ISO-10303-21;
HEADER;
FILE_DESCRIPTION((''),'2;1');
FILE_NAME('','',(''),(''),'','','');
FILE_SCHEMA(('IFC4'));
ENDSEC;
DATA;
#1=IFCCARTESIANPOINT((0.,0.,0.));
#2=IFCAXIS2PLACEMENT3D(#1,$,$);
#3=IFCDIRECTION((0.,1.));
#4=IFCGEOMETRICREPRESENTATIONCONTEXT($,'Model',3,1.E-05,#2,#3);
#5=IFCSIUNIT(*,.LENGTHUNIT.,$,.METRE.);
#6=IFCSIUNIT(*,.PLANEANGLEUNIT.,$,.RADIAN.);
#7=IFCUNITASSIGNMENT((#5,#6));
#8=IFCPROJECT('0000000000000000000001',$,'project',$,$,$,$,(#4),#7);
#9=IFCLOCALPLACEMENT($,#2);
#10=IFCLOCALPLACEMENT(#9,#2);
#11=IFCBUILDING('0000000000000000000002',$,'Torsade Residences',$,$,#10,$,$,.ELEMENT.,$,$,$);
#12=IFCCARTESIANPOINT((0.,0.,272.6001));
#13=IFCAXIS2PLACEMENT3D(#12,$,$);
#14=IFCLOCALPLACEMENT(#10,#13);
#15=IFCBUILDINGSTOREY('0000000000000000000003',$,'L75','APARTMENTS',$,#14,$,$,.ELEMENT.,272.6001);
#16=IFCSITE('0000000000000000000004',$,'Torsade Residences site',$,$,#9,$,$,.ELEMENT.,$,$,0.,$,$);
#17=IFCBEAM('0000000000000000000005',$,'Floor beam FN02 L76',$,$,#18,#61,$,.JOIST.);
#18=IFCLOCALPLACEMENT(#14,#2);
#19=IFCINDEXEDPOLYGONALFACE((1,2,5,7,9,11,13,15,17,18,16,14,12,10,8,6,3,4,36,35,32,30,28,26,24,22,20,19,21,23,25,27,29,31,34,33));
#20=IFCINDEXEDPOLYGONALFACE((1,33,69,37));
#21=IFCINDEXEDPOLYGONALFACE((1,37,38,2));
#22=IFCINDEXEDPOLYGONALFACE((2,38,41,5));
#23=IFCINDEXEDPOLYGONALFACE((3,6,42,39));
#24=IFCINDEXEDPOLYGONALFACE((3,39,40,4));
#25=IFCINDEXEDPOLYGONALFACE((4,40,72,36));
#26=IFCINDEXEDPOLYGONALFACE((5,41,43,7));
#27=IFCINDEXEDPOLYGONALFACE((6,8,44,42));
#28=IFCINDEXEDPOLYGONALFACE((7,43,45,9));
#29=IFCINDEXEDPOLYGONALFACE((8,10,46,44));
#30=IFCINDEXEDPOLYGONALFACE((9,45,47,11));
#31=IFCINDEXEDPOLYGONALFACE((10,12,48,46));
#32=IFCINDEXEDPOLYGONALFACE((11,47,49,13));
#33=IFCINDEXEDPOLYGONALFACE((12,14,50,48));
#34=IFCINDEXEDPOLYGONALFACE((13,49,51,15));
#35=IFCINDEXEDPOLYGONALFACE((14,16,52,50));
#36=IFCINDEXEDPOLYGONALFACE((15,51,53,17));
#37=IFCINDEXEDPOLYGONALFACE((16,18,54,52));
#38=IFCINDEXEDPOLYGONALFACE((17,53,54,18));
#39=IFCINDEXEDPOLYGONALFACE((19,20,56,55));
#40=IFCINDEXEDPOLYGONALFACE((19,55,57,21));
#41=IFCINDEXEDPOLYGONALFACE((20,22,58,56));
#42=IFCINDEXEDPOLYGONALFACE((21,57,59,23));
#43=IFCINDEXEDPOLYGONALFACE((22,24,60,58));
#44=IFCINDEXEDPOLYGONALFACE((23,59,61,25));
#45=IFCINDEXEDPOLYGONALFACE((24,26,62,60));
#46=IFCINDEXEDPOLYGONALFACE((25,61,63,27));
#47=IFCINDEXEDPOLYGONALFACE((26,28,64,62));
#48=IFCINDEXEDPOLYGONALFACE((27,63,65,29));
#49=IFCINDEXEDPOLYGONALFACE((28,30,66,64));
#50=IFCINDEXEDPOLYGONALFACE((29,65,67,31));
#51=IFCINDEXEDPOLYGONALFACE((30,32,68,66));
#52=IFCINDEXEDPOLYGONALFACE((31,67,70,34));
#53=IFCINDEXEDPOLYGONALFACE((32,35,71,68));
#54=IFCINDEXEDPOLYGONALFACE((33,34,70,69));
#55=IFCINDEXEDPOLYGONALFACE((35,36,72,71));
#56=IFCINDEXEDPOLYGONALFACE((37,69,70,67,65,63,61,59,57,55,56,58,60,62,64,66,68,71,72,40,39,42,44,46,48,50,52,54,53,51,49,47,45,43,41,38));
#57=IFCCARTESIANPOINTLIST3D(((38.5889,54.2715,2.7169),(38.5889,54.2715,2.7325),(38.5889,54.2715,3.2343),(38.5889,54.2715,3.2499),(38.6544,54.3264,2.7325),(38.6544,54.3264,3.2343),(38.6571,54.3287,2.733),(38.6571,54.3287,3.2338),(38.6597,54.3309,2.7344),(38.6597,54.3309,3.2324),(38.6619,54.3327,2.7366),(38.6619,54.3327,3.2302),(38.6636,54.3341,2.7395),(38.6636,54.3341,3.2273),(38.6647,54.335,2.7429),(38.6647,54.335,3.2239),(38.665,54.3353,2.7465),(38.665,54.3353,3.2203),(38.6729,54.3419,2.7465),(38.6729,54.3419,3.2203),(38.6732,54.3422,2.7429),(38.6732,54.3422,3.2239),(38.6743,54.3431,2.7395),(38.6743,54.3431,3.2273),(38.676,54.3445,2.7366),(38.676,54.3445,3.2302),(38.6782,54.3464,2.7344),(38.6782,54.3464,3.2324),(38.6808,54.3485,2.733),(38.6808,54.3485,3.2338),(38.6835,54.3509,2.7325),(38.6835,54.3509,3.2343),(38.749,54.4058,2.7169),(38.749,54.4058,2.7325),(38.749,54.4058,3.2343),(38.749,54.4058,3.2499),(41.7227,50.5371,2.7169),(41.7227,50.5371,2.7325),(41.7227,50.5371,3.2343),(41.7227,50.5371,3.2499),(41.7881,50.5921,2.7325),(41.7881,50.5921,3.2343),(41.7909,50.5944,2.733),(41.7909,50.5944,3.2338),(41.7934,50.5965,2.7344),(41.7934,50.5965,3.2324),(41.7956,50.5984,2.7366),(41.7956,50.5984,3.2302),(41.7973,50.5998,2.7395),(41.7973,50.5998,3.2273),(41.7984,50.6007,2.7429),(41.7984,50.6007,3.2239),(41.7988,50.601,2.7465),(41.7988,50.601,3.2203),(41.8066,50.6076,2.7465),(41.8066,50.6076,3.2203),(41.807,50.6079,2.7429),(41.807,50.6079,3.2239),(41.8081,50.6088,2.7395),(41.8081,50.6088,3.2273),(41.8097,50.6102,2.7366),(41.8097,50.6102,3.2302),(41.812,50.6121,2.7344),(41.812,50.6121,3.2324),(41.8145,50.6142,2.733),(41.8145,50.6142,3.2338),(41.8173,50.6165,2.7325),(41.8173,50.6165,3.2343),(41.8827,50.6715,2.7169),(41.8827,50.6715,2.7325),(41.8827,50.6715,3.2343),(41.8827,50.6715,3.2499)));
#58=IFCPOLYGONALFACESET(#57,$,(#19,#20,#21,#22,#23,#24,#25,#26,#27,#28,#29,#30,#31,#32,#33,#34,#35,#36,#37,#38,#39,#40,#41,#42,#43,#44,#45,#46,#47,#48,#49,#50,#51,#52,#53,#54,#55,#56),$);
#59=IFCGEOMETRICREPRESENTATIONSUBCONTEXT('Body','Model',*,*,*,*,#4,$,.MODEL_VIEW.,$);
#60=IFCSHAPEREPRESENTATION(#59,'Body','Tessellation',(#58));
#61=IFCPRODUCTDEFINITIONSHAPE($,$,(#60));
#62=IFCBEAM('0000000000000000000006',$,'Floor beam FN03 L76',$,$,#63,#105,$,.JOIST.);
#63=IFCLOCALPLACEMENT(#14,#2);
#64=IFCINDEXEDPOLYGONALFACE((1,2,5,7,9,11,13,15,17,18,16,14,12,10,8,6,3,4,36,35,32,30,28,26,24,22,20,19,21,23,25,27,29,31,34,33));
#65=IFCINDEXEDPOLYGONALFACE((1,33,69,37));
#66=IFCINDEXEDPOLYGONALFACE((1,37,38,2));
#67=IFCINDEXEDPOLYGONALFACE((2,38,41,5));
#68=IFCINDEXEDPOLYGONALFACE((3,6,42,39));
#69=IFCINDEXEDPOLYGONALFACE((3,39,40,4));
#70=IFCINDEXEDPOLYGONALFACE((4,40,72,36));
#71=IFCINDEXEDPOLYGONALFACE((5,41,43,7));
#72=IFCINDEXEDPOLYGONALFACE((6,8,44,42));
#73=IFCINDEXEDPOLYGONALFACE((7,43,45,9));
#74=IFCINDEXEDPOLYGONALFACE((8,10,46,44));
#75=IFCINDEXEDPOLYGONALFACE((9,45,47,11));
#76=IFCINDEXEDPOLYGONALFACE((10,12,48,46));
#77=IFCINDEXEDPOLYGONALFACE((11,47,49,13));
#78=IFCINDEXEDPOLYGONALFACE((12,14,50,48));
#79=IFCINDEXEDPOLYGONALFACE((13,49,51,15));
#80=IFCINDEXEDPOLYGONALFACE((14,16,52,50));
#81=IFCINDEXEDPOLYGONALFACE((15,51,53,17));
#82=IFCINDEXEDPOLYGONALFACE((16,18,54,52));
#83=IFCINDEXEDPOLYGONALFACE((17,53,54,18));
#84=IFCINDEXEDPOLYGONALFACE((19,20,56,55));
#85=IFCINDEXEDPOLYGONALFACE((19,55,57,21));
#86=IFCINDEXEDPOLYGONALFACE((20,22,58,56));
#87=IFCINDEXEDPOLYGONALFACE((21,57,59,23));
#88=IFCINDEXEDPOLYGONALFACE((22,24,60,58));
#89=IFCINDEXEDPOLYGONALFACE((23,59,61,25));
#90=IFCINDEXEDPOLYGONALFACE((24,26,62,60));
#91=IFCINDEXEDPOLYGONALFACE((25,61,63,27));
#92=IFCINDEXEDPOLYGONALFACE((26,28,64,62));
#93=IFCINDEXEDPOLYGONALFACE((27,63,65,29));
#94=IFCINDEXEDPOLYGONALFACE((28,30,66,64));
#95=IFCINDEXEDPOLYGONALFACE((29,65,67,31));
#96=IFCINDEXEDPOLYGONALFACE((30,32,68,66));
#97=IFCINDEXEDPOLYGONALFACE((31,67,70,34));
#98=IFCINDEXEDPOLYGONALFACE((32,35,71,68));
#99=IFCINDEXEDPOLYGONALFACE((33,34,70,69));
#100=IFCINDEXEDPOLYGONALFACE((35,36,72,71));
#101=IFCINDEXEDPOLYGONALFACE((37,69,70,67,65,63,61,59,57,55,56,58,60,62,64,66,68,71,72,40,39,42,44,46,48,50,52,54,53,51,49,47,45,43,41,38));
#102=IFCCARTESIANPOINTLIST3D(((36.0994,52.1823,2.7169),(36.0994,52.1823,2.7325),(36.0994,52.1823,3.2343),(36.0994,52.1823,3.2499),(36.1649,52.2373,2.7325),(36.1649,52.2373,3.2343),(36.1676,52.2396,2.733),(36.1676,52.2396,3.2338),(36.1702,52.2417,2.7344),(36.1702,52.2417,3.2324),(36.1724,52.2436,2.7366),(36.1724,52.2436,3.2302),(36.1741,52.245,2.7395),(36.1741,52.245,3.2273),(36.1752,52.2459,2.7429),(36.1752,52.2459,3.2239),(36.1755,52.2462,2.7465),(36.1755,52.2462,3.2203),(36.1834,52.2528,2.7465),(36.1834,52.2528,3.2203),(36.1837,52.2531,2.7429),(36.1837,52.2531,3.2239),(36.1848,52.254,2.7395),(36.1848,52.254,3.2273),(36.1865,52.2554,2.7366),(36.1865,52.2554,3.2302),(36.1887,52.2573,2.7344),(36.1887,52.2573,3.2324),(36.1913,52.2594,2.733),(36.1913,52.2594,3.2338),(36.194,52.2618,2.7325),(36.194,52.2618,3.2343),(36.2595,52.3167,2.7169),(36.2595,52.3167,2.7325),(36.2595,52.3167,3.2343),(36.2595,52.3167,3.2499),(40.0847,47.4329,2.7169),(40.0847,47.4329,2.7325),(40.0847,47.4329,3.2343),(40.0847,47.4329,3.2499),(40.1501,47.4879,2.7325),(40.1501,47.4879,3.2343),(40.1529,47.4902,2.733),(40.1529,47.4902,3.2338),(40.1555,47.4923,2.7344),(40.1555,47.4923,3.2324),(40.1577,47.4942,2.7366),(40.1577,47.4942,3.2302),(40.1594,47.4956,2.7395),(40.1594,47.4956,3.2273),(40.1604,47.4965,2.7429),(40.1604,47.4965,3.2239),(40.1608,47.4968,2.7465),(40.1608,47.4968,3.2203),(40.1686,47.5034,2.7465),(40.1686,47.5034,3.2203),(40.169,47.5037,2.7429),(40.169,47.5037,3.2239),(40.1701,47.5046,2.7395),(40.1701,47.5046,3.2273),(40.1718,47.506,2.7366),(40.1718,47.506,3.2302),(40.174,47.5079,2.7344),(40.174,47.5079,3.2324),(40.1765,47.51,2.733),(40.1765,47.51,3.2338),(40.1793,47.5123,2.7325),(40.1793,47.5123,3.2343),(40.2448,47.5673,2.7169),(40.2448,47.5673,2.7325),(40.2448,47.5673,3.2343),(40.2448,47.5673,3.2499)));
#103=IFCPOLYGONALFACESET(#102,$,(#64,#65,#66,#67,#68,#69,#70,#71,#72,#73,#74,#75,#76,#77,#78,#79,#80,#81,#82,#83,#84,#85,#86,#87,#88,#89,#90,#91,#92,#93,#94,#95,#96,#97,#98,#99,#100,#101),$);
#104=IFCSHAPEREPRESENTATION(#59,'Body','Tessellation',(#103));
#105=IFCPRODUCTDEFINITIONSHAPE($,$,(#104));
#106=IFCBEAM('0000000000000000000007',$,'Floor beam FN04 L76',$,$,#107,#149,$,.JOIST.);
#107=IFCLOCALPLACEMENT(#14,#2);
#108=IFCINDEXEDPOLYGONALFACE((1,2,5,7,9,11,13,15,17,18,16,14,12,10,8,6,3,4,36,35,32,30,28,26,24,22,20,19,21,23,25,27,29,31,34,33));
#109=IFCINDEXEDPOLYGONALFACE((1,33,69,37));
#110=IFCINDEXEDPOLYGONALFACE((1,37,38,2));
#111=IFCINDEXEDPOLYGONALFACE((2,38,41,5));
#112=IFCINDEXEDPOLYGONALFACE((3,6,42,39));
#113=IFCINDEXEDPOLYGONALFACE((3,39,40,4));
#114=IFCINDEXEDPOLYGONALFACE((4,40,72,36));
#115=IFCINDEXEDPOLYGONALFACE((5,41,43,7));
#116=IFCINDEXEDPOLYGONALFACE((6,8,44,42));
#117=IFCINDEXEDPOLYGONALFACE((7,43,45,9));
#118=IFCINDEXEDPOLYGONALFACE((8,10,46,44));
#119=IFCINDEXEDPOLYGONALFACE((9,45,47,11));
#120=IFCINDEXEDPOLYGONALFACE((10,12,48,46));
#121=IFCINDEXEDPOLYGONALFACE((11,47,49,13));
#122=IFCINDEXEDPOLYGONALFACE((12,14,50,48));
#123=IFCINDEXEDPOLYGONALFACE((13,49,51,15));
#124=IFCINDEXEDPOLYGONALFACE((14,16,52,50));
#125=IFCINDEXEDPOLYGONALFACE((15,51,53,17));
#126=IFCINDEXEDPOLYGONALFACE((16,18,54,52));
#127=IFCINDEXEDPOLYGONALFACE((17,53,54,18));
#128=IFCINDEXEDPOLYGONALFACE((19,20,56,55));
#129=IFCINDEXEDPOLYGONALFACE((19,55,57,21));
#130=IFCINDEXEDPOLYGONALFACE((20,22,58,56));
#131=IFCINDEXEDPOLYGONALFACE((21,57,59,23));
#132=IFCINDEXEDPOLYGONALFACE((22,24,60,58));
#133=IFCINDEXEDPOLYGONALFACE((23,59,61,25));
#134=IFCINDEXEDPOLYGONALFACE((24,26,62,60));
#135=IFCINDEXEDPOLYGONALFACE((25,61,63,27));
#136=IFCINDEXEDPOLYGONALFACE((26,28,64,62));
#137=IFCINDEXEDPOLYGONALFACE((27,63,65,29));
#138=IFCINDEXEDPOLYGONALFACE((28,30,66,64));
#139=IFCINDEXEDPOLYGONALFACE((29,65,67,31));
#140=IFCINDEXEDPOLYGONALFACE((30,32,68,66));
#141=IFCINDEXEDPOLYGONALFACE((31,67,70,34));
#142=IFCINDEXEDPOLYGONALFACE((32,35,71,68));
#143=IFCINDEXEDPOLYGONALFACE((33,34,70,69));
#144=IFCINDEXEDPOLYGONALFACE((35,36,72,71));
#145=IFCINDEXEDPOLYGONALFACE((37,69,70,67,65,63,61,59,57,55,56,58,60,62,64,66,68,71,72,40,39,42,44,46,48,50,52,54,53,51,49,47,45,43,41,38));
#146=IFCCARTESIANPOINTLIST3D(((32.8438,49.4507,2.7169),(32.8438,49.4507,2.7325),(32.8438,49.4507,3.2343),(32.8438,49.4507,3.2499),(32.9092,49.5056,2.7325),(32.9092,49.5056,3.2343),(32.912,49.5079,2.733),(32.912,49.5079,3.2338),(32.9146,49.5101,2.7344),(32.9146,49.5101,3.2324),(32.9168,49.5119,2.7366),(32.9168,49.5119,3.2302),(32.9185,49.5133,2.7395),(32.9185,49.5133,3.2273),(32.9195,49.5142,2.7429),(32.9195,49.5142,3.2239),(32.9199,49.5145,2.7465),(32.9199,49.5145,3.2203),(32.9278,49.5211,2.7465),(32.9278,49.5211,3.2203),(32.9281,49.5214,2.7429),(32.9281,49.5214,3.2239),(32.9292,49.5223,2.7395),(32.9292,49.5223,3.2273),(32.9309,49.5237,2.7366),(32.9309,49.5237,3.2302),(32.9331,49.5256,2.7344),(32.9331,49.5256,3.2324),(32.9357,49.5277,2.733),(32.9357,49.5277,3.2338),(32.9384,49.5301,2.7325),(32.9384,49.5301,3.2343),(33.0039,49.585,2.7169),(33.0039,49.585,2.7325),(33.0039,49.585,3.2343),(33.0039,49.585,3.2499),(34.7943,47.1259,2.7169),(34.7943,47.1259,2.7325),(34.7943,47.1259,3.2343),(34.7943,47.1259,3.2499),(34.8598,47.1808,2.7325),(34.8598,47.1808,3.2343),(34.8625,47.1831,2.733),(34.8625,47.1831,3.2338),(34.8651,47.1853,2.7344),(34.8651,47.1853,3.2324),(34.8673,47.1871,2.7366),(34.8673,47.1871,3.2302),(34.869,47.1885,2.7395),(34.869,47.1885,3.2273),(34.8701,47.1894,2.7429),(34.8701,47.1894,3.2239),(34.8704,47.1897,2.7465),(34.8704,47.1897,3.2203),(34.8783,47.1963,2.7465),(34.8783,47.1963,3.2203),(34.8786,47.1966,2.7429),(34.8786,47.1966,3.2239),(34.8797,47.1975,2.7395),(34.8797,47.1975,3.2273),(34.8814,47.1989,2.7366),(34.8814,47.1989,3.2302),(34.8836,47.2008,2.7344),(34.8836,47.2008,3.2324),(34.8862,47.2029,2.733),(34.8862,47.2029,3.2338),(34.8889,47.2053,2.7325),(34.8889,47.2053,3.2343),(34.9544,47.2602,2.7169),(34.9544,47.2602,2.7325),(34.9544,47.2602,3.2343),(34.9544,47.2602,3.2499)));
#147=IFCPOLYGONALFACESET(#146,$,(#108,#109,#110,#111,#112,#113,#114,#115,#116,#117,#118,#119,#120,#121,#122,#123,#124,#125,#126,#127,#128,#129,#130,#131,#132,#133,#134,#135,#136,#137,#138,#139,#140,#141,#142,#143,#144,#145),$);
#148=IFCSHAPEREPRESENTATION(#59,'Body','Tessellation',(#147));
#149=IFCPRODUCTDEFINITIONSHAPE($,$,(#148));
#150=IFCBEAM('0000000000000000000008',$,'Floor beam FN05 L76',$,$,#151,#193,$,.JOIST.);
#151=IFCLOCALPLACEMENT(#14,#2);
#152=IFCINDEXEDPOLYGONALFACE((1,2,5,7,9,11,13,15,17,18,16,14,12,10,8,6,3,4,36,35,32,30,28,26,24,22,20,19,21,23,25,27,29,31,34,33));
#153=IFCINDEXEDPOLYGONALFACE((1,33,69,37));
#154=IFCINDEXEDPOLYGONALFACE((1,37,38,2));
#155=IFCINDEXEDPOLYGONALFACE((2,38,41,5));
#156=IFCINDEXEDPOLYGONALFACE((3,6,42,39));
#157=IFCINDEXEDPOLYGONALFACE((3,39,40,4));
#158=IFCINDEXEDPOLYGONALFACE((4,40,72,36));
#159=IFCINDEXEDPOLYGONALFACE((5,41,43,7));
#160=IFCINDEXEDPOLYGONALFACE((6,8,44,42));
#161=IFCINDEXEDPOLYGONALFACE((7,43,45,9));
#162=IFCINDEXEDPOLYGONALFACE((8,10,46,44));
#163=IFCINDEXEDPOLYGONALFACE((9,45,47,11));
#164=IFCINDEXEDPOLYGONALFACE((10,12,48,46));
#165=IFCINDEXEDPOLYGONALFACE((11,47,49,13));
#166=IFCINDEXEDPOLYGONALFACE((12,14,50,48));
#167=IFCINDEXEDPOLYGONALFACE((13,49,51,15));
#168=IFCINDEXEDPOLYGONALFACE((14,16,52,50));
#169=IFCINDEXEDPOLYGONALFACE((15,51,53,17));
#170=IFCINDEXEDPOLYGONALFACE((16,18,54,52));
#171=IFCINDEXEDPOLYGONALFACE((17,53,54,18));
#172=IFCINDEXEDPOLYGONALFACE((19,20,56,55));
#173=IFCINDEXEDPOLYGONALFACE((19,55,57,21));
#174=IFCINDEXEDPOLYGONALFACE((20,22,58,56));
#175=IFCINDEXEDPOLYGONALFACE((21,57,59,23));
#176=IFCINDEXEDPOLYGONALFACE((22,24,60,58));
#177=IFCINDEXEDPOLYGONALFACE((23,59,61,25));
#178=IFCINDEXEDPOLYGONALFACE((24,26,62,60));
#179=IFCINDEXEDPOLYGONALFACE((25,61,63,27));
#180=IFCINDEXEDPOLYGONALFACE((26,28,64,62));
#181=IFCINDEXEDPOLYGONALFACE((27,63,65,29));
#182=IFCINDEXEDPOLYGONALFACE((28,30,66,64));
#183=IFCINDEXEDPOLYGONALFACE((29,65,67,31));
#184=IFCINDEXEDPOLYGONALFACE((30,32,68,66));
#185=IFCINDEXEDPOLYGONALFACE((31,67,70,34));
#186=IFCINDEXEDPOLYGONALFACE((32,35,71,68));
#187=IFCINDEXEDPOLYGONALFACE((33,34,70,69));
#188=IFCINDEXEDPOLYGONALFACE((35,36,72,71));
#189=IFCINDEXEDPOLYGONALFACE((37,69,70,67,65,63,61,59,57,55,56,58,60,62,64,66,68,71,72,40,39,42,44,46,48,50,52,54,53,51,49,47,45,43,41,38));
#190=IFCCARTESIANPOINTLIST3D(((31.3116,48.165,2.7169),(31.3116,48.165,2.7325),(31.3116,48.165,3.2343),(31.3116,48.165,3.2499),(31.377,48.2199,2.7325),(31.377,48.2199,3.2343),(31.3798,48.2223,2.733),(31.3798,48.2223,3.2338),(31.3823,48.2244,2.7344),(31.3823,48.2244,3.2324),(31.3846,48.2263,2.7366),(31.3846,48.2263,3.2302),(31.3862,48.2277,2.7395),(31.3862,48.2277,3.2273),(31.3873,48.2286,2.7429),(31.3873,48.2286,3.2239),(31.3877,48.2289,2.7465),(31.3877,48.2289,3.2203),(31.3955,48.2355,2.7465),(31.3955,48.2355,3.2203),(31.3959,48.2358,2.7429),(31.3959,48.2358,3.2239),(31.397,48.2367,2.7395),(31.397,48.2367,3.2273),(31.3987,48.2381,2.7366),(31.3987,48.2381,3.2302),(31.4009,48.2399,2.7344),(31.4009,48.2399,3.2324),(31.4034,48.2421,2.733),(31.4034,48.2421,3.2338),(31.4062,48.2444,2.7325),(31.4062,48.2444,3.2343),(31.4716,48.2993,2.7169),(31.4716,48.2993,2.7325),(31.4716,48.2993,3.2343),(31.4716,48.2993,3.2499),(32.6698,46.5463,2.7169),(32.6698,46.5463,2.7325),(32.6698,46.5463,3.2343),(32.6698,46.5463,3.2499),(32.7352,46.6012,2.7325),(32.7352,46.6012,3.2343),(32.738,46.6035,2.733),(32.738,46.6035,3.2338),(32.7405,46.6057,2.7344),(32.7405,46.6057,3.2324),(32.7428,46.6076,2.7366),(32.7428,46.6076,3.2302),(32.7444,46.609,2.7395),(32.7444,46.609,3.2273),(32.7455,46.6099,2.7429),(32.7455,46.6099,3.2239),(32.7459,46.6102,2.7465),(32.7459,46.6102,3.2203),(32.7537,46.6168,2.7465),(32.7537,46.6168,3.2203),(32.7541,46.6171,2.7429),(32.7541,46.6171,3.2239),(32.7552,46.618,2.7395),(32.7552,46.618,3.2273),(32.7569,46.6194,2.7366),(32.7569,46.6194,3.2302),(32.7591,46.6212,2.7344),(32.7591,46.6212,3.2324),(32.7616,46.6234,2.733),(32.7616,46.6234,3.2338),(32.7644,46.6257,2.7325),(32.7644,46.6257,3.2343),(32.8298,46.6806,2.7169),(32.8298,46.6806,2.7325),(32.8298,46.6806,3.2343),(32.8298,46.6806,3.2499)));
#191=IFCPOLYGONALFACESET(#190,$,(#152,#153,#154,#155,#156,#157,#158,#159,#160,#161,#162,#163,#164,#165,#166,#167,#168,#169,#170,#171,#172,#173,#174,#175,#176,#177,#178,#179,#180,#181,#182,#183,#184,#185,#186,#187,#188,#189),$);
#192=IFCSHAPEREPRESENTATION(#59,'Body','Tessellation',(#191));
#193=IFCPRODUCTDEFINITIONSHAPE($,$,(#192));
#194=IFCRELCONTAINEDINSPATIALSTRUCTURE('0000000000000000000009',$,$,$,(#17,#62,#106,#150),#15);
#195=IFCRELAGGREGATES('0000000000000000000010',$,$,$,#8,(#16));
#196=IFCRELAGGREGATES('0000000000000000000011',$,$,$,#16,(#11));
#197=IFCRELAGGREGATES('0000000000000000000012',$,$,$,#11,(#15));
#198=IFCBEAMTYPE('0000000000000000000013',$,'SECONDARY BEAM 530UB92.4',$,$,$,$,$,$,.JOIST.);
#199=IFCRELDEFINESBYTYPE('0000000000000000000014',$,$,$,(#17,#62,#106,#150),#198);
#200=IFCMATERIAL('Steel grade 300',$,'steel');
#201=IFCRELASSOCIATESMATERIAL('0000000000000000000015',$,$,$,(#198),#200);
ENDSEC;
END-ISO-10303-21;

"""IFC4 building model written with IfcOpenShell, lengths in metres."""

from ifc_helpers import new_model, si_unit, direction, frame, origin, origin_2d, place, context, subcontext, project, spatial, i_section, extrude, material, material_profile, profile_set, type_object, element, save


model = new_model("IFC4")

# Units and contexts
model_context = context("Model", 3, precision=1e-05, world=origin(), true_north=direction((0.0, 1.0)))
body_context = subcontext(model_context, "Body", "Model", "MODEL_VIEW")
ifc_project = project(units=[si_unit("LENGTHUNIT", "METRE"), si_unit("PLANEANGLEUNIT", "RADIAN")], contexts=[model_context])

# Site, building, storey
site_placement = place(None, origin())
site = spatial("IfcSite", under=ifc_project, at=site_placement, Name="Torsade Residences site", CompositionType="ELEMENT", RefElevation=0.0)
building_placement = place(site_placement, origin())
building = spatial("IfcBuilding", under=site, at=building_placement, Name="Torsade Residences", CompositionType="ELEMENT")
storey_placement = place(building_placement, frame((0.0, 0.0, 272.6001)))
storey = spatial("IfcBuildingStorey", under=building, at=storey_placement, Name="L75", Description="APARTMENTS", CompositionType="ELEMENT", Elevation=272.6001)

# Beams
ifc_material_1 = material(Name="Steel grade 300", Category="steel")
ifc_material_profile_1 = material_profile(ifc_material_1, i_section(OverallWidth=0.209, OverallDepth=0.533, WebThickness=0.0103, FlangeThickness=0.0156, FilletRadius=0.0139, at=origin_2d()), Name="530UB92.4")
ifc_profile_set_1 = profile_set([ifc_material_profile_1], Name="Steel grade 300")
beam_type_1 = type_object("IfcBeamType", Name="SECONDARY BEAM 530UB92.4", PredefinedType="JOIST", material=ifc_profile_set_1)
beam_1_placement = place(storey_placement, frame((38.6689, 54.3386, 2.9834), z_axis=(0.642821, -0.766017, 0.0), x_axis=(0.766017, 0.642821, 0.0)))
element("IfcBeam", 1, at=beam_1_placement, inside=storey, type_object=beam_type_1, Name="Floor beam FN02 L76", PredefinedType="JOIST", context=body_context, shape_type="SweptSolid", body=[
    extrude(i_section(OverallWidth=0.209, OverallDepth=0.533, WebThickness=0.0103, FlangeThickness=0.0156, FilletRadius=0.0139, at=origin_2d()), origin(), (0.0, 0.0, 1.0), 4.875),
])
beam_2_placement = place(storey_placement, frame((36.1794, 52.2495, 2.9834), z_axis=(0.642791, -0.766041, 0.0), x_axis=(0.766041, 0.642791, 0.0)))
element("IfcBeam", 2, at=beam_2_placement, inside=storey, type_object=beam_type_1, Name="Floor beam FN03 L76", PredefinedType="JOIST", context=body_context, shape_type="SweptSolid", body=[
    extrude(i_section(OverallWidth=0.209, OverallDepth=0.533, WebThickness=0.0103, FlangeThickness=0.0156, FilletRadius=0.0139, at=origin_2d()), origin(), (0.0, 0.0, 1.0), 6.2),
])
beam_3_placement = place(storey_placement, frame((32.9238, 49.5178, 2.9834), z_axis=(0.642745, -0.76608, 0.0), x_axis=(0.76608, 0.642745, 0.0)))
element("IfcBeam", 3, at=beam_3_placement, inside=storey, type_object=beam_type_1, Name="Floor beam FN04 L76", PredefinedType="JOIST", context=body_context, shape_type="SweptSolid", body=[
    extrude(i_section(OverallWidth=0.209, OverallDepth=0.533, WebThickness=0.0103, FlangeThickness=0.0156, FilletRadius=0.0139, at=origin_2d()), origin(), (0.0, 0.0, 1.0), 3.0347),
])
beam_4_placement = place(storey_placement, frame((31.3916, 48.2322, 2.9834), z_axis=(0.642772, -0.766058, 0.0), x_axis=(0.766058, 0.642772, 0.0)))
element("IfcBeam", 4, at=beam_4_placement, inside=storey, type_object=beam_type_1, Name="Floor beam FN05 L76", PredefinedType="JOIST", context=body_context, shape_type="SweptSolid", body=[
    extrude(i_section(OverallWidth=0.209, OverallDepth=0.533, WebThickness=0.0103, FlangeThickness=0.0156, FilletRadius=0.0139, at=origin_2d()), origin(), (0.0, 0.0, 1.0), 2.113),
])

save(model, "model.ifc")
